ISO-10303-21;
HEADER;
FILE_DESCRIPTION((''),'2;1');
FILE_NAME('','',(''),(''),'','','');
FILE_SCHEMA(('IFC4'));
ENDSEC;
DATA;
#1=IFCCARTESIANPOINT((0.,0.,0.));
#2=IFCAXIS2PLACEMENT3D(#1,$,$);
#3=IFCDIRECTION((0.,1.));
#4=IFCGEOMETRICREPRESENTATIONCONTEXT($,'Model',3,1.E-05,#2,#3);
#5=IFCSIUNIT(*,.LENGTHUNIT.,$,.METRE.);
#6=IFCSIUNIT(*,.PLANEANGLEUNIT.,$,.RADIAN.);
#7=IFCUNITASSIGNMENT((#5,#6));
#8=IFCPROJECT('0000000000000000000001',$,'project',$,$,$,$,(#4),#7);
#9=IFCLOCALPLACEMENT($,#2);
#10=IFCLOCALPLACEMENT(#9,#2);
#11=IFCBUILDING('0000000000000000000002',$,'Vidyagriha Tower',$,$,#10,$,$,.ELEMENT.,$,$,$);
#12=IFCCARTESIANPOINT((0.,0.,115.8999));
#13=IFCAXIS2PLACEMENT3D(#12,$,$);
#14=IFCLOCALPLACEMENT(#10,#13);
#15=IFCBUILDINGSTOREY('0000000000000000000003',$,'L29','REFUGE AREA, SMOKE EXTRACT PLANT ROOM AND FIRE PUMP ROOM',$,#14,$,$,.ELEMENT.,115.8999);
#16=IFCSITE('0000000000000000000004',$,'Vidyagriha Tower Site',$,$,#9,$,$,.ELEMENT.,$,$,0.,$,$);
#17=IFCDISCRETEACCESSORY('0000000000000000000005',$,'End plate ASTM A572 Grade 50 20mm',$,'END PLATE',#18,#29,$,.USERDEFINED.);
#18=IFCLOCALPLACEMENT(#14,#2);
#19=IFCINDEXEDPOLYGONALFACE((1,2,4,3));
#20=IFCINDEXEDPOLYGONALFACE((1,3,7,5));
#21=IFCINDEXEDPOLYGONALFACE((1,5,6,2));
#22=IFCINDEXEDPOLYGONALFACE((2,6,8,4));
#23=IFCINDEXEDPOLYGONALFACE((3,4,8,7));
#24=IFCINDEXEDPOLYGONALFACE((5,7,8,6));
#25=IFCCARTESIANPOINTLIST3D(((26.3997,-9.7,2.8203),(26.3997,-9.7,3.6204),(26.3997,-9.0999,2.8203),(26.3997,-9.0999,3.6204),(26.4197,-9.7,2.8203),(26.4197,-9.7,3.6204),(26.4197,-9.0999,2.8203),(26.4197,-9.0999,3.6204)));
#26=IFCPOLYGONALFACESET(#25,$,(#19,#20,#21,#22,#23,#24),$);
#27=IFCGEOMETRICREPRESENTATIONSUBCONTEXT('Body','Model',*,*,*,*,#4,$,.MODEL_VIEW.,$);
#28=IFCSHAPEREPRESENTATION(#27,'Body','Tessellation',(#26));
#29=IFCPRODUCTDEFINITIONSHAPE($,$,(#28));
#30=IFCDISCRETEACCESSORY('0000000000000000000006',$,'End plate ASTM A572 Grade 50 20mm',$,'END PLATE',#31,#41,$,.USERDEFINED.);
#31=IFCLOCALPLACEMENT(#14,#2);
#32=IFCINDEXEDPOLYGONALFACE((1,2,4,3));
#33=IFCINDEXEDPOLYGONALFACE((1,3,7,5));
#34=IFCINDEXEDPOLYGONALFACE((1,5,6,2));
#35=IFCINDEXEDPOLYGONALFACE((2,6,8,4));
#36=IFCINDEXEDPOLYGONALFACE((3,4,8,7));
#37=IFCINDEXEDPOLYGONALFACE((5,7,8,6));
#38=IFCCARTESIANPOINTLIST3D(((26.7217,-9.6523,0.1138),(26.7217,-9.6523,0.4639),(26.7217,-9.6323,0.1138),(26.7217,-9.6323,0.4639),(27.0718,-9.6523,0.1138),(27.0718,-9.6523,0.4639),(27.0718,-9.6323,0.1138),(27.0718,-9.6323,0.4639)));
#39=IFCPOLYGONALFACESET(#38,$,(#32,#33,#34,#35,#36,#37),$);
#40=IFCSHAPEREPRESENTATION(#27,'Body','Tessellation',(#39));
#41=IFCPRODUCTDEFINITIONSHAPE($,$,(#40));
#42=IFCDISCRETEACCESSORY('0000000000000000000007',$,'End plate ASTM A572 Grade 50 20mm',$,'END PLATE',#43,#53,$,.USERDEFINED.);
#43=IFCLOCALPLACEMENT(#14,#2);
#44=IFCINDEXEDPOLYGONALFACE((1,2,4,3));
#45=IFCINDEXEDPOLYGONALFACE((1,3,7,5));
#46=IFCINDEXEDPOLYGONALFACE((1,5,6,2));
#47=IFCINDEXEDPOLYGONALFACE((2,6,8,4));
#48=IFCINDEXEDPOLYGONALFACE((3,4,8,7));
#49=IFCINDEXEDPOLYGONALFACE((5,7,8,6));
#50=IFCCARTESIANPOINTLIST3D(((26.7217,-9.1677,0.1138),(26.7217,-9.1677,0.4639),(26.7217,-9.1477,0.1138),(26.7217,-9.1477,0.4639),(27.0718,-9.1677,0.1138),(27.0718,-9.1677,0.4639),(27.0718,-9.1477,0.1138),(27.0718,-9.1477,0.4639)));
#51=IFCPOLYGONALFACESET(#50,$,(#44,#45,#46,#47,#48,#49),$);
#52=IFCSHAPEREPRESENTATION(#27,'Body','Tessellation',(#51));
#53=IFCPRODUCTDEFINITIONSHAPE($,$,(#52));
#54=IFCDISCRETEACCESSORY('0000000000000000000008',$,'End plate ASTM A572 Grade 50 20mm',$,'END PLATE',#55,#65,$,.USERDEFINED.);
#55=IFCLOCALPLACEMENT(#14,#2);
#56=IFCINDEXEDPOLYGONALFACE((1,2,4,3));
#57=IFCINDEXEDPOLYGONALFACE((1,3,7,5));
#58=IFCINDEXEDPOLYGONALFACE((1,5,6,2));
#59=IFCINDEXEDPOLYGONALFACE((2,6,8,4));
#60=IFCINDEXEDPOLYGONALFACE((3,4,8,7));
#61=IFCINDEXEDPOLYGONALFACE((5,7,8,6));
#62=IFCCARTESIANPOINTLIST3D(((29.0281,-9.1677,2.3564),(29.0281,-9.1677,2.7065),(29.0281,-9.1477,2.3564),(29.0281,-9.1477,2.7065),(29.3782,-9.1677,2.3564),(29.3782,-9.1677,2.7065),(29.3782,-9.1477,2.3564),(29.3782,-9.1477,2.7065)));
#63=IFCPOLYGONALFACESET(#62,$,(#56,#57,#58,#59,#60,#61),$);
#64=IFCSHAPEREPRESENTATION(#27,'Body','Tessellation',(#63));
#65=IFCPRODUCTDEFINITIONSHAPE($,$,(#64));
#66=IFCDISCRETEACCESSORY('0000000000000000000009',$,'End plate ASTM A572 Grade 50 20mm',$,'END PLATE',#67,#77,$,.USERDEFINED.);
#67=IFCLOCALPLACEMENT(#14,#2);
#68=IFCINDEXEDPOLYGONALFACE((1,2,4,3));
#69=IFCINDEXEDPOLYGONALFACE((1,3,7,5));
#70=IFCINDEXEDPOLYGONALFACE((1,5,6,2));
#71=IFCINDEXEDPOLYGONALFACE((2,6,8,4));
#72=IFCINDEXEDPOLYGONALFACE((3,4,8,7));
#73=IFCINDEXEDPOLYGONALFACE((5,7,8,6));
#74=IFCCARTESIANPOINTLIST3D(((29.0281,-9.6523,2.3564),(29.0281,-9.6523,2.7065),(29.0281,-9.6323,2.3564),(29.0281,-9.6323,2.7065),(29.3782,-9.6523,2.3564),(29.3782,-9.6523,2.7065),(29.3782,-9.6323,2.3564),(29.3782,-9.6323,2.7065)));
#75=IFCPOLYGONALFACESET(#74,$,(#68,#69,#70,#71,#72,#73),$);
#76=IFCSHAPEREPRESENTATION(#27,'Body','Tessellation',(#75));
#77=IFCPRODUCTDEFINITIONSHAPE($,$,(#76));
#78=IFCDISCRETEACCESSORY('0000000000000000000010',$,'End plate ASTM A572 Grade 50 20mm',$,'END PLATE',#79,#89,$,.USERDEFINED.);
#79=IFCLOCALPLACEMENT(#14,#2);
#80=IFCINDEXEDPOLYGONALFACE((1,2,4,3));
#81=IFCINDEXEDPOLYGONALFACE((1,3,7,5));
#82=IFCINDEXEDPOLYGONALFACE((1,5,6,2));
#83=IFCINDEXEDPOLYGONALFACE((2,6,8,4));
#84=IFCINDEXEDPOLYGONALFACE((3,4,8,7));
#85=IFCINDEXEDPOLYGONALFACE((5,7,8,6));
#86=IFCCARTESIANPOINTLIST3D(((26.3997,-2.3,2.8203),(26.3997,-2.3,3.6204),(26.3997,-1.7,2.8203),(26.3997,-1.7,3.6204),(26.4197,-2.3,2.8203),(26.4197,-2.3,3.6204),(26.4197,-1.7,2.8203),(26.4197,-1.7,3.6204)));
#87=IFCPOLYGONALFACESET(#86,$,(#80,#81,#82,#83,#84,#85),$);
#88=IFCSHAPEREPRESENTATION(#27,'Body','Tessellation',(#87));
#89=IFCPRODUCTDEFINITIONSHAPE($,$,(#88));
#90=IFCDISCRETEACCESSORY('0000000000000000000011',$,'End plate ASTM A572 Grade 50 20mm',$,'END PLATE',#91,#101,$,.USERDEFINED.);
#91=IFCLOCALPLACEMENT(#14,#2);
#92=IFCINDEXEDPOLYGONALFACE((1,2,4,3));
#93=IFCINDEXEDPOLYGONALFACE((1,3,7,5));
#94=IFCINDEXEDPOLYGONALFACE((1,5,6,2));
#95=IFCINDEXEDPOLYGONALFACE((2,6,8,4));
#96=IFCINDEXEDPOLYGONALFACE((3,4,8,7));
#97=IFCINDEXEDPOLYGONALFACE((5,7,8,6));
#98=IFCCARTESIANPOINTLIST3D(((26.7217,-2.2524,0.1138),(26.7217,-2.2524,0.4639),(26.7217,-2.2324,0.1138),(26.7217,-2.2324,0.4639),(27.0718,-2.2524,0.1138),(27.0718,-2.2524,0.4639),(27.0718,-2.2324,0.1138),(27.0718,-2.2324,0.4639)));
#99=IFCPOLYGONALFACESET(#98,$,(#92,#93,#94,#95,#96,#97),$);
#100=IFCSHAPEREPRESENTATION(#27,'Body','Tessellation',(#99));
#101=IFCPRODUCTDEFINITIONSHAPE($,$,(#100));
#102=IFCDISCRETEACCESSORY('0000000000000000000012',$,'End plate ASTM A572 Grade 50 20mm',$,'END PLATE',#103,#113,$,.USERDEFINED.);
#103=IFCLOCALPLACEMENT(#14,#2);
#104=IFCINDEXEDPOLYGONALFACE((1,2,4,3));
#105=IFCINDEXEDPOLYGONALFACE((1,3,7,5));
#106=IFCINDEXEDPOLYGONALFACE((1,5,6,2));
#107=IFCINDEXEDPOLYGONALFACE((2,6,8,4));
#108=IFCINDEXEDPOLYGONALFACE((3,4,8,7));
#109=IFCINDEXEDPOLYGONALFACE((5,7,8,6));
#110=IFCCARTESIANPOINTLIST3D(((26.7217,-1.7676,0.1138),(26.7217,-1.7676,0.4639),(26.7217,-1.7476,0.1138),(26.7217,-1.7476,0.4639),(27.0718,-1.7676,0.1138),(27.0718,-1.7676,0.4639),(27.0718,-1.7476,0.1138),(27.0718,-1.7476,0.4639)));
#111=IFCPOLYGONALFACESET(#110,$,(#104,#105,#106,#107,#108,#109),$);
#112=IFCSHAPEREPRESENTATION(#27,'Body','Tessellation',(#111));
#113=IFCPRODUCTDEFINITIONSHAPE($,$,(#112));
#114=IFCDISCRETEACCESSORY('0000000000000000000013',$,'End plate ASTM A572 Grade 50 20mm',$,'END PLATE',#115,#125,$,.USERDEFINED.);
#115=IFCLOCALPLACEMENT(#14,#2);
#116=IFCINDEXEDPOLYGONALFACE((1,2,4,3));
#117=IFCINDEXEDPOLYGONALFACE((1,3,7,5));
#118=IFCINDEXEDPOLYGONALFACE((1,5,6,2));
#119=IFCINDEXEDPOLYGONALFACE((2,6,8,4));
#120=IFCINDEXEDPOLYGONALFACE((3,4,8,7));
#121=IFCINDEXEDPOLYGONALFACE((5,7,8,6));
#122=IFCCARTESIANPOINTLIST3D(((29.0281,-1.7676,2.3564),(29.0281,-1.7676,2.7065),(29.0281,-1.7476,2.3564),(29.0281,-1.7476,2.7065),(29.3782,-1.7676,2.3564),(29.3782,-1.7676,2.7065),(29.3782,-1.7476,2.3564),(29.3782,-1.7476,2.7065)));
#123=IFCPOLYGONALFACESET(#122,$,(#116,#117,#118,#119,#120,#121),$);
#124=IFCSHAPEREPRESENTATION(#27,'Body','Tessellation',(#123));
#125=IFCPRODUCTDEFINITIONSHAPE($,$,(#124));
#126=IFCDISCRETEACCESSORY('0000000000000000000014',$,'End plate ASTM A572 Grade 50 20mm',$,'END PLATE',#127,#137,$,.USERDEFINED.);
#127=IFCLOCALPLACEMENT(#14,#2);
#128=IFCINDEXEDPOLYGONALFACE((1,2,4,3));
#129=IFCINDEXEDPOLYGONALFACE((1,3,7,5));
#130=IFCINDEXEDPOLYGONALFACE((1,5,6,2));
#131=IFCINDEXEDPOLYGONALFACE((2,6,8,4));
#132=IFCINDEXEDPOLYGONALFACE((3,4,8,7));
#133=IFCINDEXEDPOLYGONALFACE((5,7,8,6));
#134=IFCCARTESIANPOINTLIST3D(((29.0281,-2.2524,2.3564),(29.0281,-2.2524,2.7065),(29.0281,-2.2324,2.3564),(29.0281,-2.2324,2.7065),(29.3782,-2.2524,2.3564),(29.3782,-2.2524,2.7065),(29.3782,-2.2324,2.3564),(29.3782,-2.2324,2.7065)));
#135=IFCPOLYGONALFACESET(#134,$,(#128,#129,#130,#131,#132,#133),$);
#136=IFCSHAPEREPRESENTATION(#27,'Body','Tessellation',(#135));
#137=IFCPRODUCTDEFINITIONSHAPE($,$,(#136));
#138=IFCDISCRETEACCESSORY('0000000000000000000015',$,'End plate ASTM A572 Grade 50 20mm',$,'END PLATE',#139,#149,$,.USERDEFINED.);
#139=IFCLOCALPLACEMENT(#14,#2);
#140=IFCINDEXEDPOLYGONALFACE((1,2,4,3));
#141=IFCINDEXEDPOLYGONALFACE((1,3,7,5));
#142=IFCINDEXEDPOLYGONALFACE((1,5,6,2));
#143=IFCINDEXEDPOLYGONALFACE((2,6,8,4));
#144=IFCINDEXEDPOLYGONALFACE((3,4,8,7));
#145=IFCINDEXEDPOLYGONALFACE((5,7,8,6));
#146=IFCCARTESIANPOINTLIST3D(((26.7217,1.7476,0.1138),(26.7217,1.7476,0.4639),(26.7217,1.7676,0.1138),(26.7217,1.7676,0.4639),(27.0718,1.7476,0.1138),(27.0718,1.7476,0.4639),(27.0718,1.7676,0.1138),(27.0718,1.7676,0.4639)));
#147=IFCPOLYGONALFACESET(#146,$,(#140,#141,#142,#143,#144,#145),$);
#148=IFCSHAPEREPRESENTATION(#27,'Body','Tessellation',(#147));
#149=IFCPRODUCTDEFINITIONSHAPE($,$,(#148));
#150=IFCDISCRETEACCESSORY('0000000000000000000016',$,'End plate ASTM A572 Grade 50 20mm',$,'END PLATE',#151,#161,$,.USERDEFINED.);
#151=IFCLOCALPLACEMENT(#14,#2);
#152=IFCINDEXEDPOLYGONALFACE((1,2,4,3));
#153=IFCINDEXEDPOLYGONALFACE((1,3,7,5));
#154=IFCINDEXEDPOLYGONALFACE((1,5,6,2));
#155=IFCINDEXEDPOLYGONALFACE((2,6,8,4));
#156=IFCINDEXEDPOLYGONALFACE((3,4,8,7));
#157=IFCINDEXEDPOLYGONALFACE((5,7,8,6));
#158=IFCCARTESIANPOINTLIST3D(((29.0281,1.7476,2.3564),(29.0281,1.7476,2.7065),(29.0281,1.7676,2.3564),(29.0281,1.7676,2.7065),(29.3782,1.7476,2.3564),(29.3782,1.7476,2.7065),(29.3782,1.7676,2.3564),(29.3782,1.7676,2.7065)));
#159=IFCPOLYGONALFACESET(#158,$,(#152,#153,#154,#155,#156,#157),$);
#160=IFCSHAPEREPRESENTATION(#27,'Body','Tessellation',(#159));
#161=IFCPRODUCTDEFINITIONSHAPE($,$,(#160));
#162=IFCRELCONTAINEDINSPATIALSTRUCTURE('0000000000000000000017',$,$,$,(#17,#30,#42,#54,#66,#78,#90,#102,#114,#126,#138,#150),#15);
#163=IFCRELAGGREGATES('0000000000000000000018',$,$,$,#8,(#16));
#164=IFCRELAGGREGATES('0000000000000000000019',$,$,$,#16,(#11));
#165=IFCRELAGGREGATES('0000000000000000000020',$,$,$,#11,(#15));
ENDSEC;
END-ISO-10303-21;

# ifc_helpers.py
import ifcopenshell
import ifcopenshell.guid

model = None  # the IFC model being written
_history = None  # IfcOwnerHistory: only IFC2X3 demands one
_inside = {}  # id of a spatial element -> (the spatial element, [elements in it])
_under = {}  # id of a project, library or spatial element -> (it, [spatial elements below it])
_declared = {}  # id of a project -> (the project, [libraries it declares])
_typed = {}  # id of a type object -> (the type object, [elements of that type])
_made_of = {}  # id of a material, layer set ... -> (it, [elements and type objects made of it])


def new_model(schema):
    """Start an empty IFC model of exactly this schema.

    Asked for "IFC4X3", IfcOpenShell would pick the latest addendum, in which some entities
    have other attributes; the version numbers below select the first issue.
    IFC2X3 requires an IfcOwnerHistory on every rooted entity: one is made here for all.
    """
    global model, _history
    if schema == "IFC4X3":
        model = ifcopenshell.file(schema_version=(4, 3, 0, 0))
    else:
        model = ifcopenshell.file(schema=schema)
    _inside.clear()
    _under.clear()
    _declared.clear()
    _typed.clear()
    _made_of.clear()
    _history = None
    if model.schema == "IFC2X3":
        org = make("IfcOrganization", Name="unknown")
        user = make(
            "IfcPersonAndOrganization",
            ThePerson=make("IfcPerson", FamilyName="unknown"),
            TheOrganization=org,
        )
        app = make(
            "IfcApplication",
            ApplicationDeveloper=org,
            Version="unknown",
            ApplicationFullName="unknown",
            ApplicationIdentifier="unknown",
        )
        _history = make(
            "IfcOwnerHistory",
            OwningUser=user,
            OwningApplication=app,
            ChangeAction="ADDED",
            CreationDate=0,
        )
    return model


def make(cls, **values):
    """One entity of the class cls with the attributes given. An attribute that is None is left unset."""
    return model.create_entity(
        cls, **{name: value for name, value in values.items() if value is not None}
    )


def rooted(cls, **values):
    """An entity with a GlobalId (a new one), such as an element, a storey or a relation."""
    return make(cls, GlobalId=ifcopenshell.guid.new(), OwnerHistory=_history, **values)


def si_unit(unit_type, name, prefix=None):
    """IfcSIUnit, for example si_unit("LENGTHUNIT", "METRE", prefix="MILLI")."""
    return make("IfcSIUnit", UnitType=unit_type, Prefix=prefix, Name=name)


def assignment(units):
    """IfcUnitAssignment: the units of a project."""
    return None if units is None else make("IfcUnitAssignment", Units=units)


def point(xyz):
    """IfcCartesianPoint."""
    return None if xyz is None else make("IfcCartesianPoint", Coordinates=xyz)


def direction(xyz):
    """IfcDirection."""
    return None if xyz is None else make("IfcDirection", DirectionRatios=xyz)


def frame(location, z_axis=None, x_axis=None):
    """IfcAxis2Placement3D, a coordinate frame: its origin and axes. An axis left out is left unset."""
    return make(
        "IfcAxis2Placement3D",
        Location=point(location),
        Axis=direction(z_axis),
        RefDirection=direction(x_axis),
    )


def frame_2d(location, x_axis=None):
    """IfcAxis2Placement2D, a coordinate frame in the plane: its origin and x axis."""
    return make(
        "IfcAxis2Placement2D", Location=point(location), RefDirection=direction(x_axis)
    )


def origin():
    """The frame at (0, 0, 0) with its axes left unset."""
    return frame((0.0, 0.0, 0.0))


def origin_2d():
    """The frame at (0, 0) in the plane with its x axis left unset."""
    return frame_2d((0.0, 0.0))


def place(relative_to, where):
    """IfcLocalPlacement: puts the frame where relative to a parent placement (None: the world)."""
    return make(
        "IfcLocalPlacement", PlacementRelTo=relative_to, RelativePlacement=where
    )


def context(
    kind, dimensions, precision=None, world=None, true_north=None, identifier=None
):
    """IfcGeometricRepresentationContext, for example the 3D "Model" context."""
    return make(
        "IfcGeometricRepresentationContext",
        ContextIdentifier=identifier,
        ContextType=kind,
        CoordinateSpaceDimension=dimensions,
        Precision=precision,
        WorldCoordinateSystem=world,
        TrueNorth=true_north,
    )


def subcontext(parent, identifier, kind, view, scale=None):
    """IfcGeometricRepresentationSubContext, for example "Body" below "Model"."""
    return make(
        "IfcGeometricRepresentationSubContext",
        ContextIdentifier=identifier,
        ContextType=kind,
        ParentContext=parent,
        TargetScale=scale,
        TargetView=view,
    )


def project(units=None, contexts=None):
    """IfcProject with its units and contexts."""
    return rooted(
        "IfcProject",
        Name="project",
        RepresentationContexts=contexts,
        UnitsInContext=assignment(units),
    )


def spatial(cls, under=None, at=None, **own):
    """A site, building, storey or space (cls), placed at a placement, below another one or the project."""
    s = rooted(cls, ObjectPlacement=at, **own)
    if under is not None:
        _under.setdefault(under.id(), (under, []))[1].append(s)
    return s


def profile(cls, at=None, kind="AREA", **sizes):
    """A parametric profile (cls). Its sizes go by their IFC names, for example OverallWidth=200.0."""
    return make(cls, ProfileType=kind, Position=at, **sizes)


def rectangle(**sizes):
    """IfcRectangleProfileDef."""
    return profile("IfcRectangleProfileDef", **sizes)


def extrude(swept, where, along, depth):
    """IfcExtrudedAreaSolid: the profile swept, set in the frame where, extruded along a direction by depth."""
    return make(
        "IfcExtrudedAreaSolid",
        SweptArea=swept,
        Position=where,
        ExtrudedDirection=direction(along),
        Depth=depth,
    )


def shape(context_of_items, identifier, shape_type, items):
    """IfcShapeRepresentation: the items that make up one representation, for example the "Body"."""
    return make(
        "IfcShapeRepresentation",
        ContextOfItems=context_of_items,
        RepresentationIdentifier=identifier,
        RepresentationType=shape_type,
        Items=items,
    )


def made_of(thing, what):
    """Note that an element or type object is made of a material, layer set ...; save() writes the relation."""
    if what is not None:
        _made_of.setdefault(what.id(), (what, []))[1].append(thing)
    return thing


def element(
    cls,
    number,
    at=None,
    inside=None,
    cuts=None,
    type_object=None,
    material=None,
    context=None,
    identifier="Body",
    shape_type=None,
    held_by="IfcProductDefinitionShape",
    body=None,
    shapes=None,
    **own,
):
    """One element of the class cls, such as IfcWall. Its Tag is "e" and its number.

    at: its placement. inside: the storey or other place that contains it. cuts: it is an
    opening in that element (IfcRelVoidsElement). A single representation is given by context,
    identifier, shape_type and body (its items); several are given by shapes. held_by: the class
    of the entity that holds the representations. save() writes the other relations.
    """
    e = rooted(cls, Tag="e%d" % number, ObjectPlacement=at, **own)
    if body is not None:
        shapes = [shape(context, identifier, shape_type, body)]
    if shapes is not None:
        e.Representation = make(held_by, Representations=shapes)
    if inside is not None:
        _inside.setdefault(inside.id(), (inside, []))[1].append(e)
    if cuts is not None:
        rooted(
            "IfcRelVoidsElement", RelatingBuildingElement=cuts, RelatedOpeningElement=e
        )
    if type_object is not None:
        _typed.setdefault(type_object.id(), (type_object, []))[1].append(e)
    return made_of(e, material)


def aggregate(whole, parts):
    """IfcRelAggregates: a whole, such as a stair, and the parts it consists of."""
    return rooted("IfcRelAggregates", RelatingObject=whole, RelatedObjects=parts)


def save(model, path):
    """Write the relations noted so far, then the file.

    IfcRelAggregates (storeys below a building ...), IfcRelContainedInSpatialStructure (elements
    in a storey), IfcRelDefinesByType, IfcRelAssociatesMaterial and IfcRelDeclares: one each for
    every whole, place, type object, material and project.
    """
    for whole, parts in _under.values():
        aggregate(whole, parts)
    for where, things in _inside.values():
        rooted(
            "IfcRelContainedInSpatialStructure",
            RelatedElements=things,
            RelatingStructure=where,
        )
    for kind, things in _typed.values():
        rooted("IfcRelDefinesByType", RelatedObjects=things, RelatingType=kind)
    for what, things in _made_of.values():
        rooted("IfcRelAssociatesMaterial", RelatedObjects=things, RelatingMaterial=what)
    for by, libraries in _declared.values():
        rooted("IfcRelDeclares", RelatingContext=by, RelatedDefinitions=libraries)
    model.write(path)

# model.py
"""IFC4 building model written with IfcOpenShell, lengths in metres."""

from ifc_helpers import new_model, si_unit, direction, frame, origin, origin_2d, place, context, subcontext, project, spatial, rectangle, extrude, element, save


model = new_model("IFC4")

# Units and contexts
model_context = context("Model", 3, precision=1e-05, world=origin(), true_north=direction((0.0, 1.0)))
body_context = subcontext(model_context, "Body", "Model", "MODEL_VIEW")
ifc_project = project(units=[si_unit("LENGTHUNIT", "METRE"), si_unit("PLANEANGLEUNIT", "RADIAN")], contexts=[model_context])

# Site, building, storey
site_placement = place(None, origin())
site = spatial("IfcSite", under=ifc_project, at=site_placement, Name="Vidyagriha Tower Site", CompositionType="ELEMENT", RefElevation=0.0)
building_placement = place(site_placement, origin())
building = spatial("IfcBuilding", under=site, at=building_placement, Name="Vidyagriha Tower", CompositionType="ELEMENT")
storey_placement = place(building_placement, frame((0.0, 0.0, 115.8999)))
storey = spatial("IfcBuildingStorey", under=building, at=storey_placement, Name="L29", Description="REFUGE AREA, SMOKE EXTRACT PLANT ROOM AND FIRE PUMP ROOM", CompositionType="ELEMENT", Elevation=115.8999)

# Discrete accessories
discrete_accessory_1_placement = place(storey_placement, frame((26.4097, -9.3999, 2.8203), z_axis=(0.0, 0.0, 1.0), x_axis=(-1.0, 0.0, 0.0)))
element("IfcDiscreteAccessory", 1, at=discrete_accessory_1_placement, inside=storey, Name="End plate ASTM A572 Grade 50 20mm", ObjectType="END PLATE", PredefinedType="USERDEFINED", context=body_context, shape_type="SweptSolid", body=[
    extrude(rectangle(XDim=0.02, YDim=0.6001, at=origin_2d()), origin(), (0.0, 0.0, 1.0), 0.8),
])
for number, where, z_axis, x_axis, name in (
    (2, (26.8967, -9.6423, 0.1138), (0.0, 0.0, 1.0), (-1.0, 0.0, 0.0), "End plate ASTM A572 Grade 50 20mm"),
    (3, (26.8967, -9.1577, 0.1138), (0.0, 0.0, 1.0), (-1.0, 0.0, 0.0), "End plate ASTM A572 Grade 50 20mm"),
):
    element("IfcDiscreteAccessory", number, at=place(storey_placement, frame(where, z_axis=z_axis, x_axis=x_axis)), inside=storey, Name=name, ObjectType="END PLATE", PredefinedType="USERDEFINED", context=body_context, shape_type="SweptSolid", body=[
        extrude(rectangle(XDim=0.3501, YDim=0.02, at=origin_2d()), origin(), (0.0, 0.0, 1.0), 0.3501),
    ])
for number, where, name in (
    (4, (29.2031, -9.1577, 2.3564), "End plate ASTM A572 Grade 50 20mm"),
    (5, (29.2031, -9.6423, 2.3564), "End plate ASTM A572 Grade 50 20mm"),
):
    element("IfcDiscreteAccessory", number, at=place(storey_placement, frame(where)), inside=storey, Name=name, ObjectType="END PLATE", PredefinedType="USERDEFINED", context=body_context, shape_type="SweptSolid", body=[
        extrude(rectangle(XDim=0.3501, YDim=0.02, at=origin_2d()), origin(), (0.0, 0.0, 1.0), 0.3501),
    ])
discrete_accessory_2_placement = place(storey_placement, frame((26.4097, -2.0, 2.8203), z_axis=(0.0, 0.0, 1.0), x_axis=(-1.0, 0.0, 0.0)))
element("IfcDiscreteAccessory", 6, at=discrete_accessory_2_placement, inside=storey, Name="End plate ASTM A572 Grade 50 20mm", ObjectType="END PLATE", PredefinedType="USERDEFINED", context=body_context, shape_type="SweptSolid", body=[
    extrude(rectangle(XDim=0.02, YDim=0.6001, at=origin_2d()), origin(), (0.0, 0.0, 1.0), 0.8),
])
for number, where, z_axis, x_axis, name in (
    (7, (26.8967, -2.2424, 0.1138), (0.0, 0.0, 1.0), (-1.0, 0.0, 0.0), "End plate ASTM A572 Grade 50 20mm"),
    (8, (26.8967, -1.7576, 0.1138), (0.0, 0.0, 1.0), (-1.0, 0.0, 0.0), "End plate ASTM A572 Grade 50 20mm"),
):
    element("IfcDiscreteAccessory", number, at=place(storey_placement, frame(where, z_axis=z_axis, x_axis=x_axis)), inside=storey, Name=name, ObjectType="END PLATE", PredefinedType="USERDEFINED", context=body_context, shape_type="SweptSolid", body=[
        extrude(rectangle(XDim=0.3501, YDim=0.02, at=origin_2d()), origin(), (0.0, 0.0, 1.0), 0.3501),
    ])
for number, where, name in (
    (9, (29.2031, -1.7576, 2.3564), "End plate ASTM A572 Grade 50 20mm"),
    (10, (29.2031, -2.2424, 2.3564), "End plate ASTM A572 Grade 50 20mm"),
):
    element("IfcDiscreteAccessory", number, at=place(storey_placement, frame(where)), inside=storey, Name=name, ObjectType="END PLATE", PredefinedType="USERDEFINED", context=body_context, shape_type="SweptSolid", body=[
        extrude(rectangle(XDim=0.3501, YDim=0.02, at=origin_2d()), origin(), (0.0, 0.0, 1.0), 0.3501),
    ])
discrete_accessory_3_placement = place(storey_placement, frame((26.8967, 1.7576, 0.1138), z_axis=(0.0, 0.0, 1.0), x_axis=(-1.0, 0.0, 0.0)))
element("IfcDiscreteAccessory", 11, at=discrete_accessory_3_placement, inside=storey, Name="End plate ASTM A572 Grade 50 20mm", ObjectType="END PLATE", PredefinedType="USERDEFINED", context=body_context, shape_type="SweptSolid", body=[
    extrude(rectangle(XDim=0.3501, YDim=0.02, at=origin_2d()), origin(), (0.0, 0.0, 1.0), 0.3501),
])
discrete_accessory_4_placement = place(storey_placement, frame((29.2031, 1.7576, 2.3564)))
element("IfcDiscreteAccessory", 12, at=discrete_accessory_4_placement, inside=storey, Name="End plate ASTM A572 Grade 50 20mm", ObjectType="END PLATE", PredefinedType="USERDEFINED", context=body_context, shape_type="SweptSolid", body=[
    extrude(rectangle(XDim=0.3501, YDim=0.02, at=origin_2d()), origin(), (0.0, 0.0, 1.0), 0.3501),
])

save(model, "model.ifc")
